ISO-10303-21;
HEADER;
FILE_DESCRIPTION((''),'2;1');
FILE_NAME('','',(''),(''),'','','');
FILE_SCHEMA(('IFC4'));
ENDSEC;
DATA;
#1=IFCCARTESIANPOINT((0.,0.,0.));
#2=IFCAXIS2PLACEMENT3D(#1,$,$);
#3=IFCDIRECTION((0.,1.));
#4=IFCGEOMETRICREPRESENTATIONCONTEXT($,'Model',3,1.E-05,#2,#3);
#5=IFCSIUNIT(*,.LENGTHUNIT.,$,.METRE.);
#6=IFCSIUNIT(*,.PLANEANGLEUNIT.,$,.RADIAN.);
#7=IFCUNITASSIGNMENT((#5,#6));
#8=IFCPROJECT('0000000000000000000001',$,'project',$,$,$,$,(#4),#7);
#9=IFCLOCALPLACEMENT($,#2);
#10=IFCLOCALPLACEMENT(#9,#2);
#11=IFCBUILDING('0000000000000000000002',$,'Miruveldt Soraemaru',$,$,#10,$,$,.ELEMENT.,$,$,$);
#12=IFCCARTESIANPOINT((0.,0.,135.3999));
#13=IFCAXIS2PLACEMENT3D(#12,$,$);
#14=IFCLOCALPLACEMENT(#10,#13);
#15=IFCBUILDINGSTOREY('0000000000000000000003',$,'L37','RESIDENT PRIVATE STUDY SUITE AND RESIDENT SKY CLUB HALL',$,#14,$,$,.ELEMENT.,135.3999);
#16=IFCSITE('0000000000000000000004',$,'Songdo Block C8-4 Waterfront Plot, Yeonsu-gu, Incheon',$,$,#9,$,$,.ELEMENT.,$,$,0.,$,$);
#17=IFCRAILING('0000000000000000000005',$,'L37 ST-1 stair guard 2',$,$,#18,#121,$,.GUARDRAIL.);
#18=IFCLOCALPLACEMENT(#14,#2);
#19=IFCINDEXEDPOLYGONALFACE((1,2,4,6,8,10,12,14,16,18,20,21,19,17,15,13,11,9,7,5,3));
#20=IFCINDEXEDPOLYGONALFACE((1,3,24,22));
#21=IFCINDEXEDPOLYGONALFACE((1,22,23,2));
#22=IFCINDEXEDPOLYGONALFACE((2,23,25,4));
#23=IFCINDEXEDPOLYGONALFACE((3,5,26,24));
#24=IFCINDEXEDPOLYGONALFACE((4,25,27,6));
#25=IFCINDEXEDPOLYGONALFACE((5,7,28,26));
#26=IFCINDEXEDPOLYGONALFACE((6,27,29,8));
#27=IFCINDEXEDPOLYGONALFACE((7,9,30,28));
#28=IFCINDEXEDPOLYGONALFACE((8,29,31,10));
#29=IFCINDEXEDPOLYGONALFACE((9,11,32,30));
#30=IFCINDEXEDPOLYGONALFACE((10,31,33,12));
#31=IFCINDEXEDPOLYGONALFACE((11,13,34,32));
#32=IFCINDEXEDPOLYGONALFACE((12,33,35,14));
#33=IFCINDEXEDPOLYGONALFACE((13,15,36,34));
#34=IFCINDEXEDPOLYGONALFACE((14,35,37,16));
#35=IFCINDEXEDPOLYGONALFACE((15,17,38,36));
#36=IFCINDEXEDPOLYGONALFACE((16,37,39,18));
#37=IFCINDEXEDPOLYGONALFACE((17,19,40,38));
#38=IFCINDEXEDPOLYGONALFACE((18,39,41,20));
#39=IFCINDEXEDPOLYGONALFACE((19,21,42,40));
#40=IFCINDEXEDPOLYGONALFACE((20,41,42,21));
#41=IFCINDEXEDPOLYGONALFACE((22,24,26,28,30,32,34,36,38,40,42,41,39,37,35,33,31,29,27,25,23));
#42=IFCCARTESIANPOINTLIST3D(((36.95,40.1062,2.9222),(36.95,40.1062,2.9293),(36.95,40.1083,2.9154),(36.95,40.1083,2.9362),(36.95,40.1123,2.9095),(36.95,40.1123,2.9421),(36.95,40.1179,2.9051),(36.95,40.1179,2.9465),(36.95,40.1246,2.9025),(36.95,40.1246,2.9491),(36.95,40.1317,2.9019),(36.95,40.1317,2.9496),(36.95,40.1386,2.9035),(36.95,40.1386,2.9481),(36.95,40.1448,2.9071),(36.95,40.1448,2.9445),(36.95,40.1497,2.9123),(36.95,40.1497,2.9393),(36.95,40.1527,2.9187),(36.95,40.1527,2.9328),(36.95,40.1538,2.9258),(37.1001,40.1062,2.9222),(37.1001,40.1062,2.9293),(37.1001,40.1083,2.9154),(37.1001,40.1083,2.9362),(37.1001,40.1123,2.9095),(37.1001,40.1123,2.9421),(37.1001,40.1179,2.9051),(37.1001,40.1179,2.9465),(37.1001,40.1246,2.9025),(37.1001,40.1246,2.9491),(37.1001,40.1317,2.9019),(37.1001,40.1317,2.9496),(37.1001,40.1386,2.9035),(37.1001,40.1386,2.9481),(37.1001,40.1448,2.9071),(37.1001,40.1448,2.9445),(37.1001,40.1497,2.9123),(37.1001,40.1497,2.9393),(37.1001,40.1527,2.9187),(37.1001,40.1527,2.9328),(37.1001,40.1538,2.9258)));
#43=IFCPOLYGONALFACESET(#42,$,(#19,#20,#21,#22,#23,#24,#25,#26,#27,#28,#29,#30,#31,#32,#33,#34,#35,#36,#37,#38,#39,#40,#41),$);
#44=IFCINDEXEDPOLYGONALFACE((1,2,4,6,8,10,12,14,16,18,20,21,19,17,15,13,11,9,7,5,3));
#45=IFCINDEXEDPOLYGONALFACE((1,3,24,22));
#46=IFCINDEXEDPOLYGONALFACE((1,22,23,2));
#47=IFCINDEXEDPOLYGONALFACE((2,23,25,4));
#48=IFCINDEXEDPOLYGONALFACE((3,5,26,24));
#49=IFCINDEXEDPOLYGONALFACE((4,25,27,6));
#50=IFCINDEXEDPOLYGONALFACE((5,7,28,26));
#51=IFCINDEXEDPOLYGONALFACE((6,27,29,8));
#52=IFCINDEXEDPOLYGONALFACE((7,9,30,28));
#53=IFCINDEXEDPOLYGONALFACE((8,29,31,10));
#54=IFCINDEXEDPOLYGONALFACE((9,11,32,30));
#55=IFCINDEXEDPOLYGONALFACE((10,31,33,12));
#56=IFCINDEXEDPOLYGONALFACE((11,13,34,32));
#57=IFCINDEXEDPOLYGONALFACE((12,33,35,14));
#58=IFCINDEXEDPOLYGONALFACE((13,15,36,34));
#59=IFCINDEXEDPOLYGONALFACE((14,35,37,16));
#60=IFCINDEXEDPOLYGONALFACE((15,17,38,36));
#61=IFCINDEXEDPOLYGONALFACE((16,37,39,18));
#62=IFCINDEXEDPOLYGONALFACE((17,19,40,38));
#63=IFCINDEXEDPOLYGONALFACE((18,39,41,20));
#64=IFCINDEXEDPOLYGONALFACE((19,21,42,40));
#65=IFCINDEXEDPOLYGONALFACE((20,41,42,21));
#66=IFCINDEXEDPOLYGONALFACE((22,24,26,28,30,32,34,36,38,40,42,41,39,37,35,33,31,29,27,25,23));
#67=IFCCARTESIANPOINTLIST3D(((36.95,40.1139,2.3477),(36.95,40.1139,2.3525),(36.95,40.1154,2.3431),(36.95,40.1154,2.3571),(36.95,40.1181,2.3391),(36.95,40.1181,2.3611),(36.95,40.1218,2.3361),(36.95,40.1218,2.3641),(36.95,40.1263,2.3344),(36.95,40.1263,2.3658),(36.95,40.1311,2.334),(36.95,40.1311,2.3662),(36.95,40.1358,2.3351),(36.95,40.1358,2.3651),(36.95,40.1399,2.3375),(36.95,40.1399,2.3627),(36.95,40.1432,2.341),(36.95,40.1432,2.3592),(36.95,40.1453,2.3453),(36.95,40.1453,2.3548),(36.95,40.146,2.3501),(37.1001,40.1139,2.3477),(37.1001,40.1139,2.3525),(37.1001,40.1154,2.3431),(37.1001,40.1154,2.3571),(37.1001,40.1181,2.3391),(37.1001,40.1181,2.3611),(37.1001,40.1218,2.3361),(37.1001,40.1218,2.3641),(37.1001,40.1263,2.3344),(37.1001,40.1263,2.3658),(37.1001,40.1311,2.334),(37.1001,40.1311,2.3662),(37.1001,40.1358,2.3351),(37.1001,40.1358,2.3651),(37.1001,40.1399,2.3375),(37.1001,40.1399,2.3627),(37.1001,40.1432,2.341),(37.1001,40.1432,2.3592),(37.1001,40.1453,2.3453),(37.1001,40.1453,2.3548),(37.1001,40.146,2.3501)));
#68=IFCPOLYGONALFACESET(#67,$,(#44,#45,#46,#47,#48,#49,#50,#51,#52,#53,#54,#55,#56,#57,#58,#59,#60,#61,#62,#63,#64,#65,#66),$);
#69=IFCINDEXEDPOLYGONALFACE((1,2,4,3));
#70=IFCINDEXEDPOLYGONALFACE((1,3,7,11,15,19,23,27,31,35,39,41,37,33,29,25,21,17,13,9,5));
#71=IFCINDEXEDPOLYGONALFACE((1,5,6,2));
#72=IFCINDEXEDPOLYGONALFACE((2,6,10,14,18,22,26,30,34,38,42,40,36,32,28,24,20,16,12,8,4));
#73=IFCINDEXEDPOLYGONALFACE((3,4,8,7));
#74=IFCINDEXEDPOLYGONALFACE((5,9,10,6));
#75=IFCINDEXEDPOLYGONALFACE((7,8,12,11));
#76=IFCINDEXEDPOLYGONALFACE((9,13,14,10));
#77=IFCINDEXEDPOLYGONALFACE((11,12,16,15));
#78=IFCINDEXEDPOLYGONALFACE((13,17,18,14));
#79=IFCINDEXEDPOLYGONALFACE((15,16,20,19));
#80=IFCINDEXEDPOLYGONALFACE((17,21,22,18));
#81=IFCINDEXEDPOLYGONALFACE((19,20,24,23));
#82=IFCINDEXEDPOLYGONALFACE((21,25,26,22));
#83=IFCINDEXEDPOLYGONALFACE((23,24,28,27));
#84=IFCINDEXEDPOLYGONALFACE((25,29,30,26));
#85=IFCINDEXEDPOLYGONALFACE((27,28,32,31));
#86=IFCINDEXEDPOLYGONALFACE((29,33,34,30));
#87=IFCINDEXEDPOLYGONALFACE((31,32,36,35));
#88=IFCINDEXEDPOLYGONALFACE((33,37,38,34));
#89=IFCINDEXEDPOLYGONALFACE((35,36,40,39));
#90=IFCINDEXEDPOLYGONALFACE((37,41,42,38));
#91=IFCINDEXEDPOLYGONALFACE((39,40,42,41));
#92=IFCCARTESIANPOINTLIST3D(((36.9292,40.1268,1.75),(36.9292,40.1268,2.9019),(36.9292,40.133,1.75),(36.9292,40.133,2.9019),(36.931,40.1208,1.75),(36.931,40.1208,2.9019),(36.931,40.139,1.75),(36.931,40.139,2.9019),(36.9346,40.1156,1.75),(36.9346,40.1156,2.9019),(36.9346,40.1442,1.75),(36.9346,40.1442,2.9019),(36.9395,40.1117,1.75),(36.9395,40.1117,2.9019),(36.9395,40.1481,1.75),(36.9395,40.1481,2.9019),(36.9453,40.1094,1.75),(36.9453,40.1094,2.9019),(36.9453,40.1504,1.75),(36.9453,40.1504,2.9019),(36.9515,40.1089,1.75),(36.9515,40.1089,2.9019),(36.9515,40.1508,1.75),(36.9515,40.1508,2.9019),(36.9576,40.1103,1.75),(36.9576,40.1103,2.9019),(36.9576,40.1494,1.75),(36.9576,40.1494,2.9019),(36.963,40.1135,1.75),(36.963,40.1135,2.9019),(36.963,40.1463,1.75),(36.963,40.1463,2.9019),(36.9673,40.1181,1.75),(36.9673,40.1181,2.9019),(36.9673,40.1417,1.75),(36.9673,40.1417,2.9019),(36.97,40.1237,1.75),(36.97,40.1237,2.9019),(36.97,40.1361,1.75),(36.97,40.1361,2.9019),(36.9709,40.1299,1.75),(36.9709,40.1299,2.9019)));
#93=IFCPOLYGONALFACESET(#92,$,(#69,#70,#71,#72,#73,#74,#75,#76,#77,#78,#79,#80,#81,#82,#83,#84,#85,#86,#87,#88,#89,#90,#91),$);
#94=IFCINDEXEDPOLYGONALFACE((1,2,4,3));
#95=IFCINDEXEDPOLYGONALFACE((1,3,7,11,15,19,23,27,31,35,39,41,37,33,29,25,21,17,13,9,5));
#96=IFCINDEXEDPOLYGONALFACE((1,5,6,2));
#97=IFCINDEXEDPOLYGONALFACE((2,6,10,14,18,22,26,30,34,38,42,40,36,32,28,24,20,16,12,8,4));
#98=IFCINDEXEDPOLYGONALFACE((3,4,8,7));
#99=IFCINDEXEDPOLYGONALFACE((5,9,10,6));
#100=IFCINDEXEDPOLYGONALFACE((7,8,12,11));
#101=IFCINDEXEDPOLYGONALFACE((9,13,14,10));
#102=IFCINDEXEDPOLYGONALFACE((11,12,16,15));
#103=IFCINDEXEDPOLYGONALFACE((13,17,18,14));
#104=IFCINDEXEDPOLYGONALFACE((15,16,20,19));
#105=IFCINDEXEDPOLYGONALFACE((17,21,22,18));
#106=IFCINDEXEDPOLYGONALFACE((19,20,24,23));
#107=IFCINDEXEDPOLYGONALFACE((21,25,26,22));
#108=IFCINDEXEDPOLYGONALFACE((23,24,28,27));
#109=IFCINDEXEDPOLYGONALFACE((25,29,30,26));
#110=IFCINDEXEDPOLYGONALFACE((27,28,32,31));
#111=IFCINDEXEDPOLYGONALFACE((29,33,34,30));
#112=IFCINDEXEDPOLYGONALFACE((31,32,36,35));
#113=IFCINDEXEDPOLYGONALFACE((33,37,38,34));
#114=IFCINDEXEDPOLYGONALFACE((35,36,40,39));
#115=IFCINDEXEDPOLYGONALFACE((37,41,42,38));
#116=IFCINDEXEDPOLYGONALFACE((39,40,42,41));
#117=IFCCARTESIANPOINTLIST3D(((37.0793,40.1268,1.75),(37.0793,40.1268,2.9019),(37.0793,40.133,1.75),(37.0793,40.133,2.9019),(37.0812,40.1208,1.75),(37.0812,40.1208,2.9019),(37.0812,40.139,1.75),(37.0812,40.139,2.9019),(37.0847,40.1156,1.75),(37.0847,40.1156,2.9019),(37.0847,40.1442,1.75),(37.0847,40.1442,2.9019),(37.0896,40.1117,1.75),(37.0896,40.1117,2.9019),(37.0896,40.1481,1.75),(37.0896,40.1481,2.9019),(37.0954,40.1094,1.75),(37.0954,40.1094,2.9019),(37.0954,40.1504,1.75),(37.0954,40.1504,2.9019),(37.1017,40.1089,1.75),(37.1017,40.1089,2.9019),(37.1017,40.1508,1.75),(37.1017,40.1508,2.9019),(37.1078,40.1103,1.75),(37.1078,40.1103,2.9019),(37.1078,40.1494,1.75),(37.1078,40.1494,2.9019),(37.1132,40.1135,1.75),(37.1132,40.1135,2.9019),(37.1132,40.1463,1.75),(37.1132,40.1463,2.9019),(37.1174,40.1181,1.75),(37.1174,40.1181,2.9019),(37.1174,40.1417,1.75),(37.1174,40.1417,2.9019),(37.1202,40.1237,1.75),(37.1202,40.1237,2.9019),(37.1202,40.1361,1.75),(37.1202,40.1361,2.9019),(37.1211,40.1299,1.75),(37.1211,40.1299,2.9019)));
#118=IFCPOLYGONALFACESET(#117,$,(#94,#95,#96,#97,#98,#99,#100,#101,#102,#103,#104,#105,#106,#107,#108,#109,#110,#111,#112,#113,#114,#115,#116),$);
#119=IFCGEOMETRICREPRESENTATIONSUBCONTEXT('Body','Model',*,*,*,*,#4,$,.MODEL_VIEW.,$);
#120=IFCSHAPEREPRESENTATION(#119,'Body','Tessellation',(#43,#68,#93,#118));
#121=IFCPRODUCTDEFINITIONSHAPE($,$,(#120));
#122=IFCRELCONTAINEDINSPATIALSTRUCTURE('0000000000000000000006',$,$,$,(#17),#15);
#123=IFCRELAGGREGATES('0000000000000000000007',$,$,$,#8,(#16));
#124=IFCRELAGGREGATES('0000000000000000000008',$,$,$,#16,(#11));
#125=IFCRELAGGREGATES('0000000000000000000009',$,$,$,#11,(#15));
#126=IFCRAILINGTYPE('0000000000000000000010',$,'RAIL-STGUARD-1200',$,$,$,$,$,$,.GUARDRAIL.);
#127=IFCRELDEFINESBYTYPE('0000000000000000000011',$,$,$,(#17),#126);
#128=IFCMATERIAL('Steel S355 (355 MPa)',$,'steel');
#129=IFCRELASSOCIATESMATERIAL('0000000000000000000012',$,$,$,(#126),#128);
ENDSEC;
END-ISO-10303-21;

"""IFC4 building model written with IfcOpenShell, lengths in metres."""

from ifc_helpers import new_model, si_unit, direction, frame, origin, origin_2d, place, context, subcontext, project, spatial, circle, extrude, material, type_object, element, save


model = new_model("IFC4")

# Units and contexts
model_context = context("Model", 3, precision=1e-05, world=origin(), true_north=direction((0.0, 1.0)))
body_context = subcontext(model_context, "Body", "Model", "MODEL_VIEW")
ifc_project = project(units=[si_unit("LENGTHUNIT", "METRE"), si_unit("PLANEANGLEUNIT", "RADIAN")], contexts=[model_context])

# Site, building, storey
site_placement = place(None, origin())
site = spatial("IfcSite", under=ifc_project, at=site_placement, Name="Songdo Block C8-4 Waterfront Plot, Yeonsu-gu, Incheon", CompositionType="ELEMENT", RefElevation=0.0)
building_placement = place(site_placement, origin())
building = spatial("IfcBuilding", under=site, at=building_placement, Name="Miruveldt Soraemaru", CompositionType="ELEMENT")
storey_placement = place(building_placement, frame((0.0, 0.0, 135.3999)))
storey = spatial("IfcBuildingStorey", under=building, at=storey_placement, Name="L37", Description="RESIDENT PRIVATE STUDY SUITE AND RESIDENT SKY CLUB HALL", CompositionType="ELEMENT", Elevation=135.3999)

# Railing
ifc_material_1 = material(Name="Steel S355 (355 MPa)", Category="steel")
railing_type_1 = type_object("IfcRailingType", Name="RAIL-STGUARD-1200", PredefinedType="GUARDRAIL", material=ifc_material_1)
railing_1_placement = place(storey_placement, frame((36.95, 40.1299, 1.75)))
element("IfcRailing", 1, at=railing_1_placement, inside=storey, type_object=railing_type_1, Name="L37 ST-1 stair guard 2", PredefinedType="GUARDRAIL", context=body_context, shape_type="SweptSolid", body=[
    extrude(circle(Radius=0.0239, at=origin_2d()), frame((0.0, 0.0, 1.1758), z_axis=(1.0, 0.0, 0.0), x_axis=(0.0, 1.0, 0.0)), (0.0, 0.0, 1.0), 0.1501),
    extrude(circle(Radius=0.0161, at=origin_2d()), frame((0.0, 0.0, 0.6001), z_axis=(1.0, 0.0, 0.0), x_axis=(0.0, 1.0, 0.0)), (0.0, 0.0, 1.0), 0.1501),
    extrude(circle(Radius=0.021, at=origin_2d()), origin(), (0.0, 0.0, 1.0), 1.1519),
    extrude(circle(Radius=0.021, at=origin_2d()), frame((0.1501, 0.0, 0.0)), (0.0, 0.0, 1.0), 1.1519),
])

save(model, "model.ifc")
